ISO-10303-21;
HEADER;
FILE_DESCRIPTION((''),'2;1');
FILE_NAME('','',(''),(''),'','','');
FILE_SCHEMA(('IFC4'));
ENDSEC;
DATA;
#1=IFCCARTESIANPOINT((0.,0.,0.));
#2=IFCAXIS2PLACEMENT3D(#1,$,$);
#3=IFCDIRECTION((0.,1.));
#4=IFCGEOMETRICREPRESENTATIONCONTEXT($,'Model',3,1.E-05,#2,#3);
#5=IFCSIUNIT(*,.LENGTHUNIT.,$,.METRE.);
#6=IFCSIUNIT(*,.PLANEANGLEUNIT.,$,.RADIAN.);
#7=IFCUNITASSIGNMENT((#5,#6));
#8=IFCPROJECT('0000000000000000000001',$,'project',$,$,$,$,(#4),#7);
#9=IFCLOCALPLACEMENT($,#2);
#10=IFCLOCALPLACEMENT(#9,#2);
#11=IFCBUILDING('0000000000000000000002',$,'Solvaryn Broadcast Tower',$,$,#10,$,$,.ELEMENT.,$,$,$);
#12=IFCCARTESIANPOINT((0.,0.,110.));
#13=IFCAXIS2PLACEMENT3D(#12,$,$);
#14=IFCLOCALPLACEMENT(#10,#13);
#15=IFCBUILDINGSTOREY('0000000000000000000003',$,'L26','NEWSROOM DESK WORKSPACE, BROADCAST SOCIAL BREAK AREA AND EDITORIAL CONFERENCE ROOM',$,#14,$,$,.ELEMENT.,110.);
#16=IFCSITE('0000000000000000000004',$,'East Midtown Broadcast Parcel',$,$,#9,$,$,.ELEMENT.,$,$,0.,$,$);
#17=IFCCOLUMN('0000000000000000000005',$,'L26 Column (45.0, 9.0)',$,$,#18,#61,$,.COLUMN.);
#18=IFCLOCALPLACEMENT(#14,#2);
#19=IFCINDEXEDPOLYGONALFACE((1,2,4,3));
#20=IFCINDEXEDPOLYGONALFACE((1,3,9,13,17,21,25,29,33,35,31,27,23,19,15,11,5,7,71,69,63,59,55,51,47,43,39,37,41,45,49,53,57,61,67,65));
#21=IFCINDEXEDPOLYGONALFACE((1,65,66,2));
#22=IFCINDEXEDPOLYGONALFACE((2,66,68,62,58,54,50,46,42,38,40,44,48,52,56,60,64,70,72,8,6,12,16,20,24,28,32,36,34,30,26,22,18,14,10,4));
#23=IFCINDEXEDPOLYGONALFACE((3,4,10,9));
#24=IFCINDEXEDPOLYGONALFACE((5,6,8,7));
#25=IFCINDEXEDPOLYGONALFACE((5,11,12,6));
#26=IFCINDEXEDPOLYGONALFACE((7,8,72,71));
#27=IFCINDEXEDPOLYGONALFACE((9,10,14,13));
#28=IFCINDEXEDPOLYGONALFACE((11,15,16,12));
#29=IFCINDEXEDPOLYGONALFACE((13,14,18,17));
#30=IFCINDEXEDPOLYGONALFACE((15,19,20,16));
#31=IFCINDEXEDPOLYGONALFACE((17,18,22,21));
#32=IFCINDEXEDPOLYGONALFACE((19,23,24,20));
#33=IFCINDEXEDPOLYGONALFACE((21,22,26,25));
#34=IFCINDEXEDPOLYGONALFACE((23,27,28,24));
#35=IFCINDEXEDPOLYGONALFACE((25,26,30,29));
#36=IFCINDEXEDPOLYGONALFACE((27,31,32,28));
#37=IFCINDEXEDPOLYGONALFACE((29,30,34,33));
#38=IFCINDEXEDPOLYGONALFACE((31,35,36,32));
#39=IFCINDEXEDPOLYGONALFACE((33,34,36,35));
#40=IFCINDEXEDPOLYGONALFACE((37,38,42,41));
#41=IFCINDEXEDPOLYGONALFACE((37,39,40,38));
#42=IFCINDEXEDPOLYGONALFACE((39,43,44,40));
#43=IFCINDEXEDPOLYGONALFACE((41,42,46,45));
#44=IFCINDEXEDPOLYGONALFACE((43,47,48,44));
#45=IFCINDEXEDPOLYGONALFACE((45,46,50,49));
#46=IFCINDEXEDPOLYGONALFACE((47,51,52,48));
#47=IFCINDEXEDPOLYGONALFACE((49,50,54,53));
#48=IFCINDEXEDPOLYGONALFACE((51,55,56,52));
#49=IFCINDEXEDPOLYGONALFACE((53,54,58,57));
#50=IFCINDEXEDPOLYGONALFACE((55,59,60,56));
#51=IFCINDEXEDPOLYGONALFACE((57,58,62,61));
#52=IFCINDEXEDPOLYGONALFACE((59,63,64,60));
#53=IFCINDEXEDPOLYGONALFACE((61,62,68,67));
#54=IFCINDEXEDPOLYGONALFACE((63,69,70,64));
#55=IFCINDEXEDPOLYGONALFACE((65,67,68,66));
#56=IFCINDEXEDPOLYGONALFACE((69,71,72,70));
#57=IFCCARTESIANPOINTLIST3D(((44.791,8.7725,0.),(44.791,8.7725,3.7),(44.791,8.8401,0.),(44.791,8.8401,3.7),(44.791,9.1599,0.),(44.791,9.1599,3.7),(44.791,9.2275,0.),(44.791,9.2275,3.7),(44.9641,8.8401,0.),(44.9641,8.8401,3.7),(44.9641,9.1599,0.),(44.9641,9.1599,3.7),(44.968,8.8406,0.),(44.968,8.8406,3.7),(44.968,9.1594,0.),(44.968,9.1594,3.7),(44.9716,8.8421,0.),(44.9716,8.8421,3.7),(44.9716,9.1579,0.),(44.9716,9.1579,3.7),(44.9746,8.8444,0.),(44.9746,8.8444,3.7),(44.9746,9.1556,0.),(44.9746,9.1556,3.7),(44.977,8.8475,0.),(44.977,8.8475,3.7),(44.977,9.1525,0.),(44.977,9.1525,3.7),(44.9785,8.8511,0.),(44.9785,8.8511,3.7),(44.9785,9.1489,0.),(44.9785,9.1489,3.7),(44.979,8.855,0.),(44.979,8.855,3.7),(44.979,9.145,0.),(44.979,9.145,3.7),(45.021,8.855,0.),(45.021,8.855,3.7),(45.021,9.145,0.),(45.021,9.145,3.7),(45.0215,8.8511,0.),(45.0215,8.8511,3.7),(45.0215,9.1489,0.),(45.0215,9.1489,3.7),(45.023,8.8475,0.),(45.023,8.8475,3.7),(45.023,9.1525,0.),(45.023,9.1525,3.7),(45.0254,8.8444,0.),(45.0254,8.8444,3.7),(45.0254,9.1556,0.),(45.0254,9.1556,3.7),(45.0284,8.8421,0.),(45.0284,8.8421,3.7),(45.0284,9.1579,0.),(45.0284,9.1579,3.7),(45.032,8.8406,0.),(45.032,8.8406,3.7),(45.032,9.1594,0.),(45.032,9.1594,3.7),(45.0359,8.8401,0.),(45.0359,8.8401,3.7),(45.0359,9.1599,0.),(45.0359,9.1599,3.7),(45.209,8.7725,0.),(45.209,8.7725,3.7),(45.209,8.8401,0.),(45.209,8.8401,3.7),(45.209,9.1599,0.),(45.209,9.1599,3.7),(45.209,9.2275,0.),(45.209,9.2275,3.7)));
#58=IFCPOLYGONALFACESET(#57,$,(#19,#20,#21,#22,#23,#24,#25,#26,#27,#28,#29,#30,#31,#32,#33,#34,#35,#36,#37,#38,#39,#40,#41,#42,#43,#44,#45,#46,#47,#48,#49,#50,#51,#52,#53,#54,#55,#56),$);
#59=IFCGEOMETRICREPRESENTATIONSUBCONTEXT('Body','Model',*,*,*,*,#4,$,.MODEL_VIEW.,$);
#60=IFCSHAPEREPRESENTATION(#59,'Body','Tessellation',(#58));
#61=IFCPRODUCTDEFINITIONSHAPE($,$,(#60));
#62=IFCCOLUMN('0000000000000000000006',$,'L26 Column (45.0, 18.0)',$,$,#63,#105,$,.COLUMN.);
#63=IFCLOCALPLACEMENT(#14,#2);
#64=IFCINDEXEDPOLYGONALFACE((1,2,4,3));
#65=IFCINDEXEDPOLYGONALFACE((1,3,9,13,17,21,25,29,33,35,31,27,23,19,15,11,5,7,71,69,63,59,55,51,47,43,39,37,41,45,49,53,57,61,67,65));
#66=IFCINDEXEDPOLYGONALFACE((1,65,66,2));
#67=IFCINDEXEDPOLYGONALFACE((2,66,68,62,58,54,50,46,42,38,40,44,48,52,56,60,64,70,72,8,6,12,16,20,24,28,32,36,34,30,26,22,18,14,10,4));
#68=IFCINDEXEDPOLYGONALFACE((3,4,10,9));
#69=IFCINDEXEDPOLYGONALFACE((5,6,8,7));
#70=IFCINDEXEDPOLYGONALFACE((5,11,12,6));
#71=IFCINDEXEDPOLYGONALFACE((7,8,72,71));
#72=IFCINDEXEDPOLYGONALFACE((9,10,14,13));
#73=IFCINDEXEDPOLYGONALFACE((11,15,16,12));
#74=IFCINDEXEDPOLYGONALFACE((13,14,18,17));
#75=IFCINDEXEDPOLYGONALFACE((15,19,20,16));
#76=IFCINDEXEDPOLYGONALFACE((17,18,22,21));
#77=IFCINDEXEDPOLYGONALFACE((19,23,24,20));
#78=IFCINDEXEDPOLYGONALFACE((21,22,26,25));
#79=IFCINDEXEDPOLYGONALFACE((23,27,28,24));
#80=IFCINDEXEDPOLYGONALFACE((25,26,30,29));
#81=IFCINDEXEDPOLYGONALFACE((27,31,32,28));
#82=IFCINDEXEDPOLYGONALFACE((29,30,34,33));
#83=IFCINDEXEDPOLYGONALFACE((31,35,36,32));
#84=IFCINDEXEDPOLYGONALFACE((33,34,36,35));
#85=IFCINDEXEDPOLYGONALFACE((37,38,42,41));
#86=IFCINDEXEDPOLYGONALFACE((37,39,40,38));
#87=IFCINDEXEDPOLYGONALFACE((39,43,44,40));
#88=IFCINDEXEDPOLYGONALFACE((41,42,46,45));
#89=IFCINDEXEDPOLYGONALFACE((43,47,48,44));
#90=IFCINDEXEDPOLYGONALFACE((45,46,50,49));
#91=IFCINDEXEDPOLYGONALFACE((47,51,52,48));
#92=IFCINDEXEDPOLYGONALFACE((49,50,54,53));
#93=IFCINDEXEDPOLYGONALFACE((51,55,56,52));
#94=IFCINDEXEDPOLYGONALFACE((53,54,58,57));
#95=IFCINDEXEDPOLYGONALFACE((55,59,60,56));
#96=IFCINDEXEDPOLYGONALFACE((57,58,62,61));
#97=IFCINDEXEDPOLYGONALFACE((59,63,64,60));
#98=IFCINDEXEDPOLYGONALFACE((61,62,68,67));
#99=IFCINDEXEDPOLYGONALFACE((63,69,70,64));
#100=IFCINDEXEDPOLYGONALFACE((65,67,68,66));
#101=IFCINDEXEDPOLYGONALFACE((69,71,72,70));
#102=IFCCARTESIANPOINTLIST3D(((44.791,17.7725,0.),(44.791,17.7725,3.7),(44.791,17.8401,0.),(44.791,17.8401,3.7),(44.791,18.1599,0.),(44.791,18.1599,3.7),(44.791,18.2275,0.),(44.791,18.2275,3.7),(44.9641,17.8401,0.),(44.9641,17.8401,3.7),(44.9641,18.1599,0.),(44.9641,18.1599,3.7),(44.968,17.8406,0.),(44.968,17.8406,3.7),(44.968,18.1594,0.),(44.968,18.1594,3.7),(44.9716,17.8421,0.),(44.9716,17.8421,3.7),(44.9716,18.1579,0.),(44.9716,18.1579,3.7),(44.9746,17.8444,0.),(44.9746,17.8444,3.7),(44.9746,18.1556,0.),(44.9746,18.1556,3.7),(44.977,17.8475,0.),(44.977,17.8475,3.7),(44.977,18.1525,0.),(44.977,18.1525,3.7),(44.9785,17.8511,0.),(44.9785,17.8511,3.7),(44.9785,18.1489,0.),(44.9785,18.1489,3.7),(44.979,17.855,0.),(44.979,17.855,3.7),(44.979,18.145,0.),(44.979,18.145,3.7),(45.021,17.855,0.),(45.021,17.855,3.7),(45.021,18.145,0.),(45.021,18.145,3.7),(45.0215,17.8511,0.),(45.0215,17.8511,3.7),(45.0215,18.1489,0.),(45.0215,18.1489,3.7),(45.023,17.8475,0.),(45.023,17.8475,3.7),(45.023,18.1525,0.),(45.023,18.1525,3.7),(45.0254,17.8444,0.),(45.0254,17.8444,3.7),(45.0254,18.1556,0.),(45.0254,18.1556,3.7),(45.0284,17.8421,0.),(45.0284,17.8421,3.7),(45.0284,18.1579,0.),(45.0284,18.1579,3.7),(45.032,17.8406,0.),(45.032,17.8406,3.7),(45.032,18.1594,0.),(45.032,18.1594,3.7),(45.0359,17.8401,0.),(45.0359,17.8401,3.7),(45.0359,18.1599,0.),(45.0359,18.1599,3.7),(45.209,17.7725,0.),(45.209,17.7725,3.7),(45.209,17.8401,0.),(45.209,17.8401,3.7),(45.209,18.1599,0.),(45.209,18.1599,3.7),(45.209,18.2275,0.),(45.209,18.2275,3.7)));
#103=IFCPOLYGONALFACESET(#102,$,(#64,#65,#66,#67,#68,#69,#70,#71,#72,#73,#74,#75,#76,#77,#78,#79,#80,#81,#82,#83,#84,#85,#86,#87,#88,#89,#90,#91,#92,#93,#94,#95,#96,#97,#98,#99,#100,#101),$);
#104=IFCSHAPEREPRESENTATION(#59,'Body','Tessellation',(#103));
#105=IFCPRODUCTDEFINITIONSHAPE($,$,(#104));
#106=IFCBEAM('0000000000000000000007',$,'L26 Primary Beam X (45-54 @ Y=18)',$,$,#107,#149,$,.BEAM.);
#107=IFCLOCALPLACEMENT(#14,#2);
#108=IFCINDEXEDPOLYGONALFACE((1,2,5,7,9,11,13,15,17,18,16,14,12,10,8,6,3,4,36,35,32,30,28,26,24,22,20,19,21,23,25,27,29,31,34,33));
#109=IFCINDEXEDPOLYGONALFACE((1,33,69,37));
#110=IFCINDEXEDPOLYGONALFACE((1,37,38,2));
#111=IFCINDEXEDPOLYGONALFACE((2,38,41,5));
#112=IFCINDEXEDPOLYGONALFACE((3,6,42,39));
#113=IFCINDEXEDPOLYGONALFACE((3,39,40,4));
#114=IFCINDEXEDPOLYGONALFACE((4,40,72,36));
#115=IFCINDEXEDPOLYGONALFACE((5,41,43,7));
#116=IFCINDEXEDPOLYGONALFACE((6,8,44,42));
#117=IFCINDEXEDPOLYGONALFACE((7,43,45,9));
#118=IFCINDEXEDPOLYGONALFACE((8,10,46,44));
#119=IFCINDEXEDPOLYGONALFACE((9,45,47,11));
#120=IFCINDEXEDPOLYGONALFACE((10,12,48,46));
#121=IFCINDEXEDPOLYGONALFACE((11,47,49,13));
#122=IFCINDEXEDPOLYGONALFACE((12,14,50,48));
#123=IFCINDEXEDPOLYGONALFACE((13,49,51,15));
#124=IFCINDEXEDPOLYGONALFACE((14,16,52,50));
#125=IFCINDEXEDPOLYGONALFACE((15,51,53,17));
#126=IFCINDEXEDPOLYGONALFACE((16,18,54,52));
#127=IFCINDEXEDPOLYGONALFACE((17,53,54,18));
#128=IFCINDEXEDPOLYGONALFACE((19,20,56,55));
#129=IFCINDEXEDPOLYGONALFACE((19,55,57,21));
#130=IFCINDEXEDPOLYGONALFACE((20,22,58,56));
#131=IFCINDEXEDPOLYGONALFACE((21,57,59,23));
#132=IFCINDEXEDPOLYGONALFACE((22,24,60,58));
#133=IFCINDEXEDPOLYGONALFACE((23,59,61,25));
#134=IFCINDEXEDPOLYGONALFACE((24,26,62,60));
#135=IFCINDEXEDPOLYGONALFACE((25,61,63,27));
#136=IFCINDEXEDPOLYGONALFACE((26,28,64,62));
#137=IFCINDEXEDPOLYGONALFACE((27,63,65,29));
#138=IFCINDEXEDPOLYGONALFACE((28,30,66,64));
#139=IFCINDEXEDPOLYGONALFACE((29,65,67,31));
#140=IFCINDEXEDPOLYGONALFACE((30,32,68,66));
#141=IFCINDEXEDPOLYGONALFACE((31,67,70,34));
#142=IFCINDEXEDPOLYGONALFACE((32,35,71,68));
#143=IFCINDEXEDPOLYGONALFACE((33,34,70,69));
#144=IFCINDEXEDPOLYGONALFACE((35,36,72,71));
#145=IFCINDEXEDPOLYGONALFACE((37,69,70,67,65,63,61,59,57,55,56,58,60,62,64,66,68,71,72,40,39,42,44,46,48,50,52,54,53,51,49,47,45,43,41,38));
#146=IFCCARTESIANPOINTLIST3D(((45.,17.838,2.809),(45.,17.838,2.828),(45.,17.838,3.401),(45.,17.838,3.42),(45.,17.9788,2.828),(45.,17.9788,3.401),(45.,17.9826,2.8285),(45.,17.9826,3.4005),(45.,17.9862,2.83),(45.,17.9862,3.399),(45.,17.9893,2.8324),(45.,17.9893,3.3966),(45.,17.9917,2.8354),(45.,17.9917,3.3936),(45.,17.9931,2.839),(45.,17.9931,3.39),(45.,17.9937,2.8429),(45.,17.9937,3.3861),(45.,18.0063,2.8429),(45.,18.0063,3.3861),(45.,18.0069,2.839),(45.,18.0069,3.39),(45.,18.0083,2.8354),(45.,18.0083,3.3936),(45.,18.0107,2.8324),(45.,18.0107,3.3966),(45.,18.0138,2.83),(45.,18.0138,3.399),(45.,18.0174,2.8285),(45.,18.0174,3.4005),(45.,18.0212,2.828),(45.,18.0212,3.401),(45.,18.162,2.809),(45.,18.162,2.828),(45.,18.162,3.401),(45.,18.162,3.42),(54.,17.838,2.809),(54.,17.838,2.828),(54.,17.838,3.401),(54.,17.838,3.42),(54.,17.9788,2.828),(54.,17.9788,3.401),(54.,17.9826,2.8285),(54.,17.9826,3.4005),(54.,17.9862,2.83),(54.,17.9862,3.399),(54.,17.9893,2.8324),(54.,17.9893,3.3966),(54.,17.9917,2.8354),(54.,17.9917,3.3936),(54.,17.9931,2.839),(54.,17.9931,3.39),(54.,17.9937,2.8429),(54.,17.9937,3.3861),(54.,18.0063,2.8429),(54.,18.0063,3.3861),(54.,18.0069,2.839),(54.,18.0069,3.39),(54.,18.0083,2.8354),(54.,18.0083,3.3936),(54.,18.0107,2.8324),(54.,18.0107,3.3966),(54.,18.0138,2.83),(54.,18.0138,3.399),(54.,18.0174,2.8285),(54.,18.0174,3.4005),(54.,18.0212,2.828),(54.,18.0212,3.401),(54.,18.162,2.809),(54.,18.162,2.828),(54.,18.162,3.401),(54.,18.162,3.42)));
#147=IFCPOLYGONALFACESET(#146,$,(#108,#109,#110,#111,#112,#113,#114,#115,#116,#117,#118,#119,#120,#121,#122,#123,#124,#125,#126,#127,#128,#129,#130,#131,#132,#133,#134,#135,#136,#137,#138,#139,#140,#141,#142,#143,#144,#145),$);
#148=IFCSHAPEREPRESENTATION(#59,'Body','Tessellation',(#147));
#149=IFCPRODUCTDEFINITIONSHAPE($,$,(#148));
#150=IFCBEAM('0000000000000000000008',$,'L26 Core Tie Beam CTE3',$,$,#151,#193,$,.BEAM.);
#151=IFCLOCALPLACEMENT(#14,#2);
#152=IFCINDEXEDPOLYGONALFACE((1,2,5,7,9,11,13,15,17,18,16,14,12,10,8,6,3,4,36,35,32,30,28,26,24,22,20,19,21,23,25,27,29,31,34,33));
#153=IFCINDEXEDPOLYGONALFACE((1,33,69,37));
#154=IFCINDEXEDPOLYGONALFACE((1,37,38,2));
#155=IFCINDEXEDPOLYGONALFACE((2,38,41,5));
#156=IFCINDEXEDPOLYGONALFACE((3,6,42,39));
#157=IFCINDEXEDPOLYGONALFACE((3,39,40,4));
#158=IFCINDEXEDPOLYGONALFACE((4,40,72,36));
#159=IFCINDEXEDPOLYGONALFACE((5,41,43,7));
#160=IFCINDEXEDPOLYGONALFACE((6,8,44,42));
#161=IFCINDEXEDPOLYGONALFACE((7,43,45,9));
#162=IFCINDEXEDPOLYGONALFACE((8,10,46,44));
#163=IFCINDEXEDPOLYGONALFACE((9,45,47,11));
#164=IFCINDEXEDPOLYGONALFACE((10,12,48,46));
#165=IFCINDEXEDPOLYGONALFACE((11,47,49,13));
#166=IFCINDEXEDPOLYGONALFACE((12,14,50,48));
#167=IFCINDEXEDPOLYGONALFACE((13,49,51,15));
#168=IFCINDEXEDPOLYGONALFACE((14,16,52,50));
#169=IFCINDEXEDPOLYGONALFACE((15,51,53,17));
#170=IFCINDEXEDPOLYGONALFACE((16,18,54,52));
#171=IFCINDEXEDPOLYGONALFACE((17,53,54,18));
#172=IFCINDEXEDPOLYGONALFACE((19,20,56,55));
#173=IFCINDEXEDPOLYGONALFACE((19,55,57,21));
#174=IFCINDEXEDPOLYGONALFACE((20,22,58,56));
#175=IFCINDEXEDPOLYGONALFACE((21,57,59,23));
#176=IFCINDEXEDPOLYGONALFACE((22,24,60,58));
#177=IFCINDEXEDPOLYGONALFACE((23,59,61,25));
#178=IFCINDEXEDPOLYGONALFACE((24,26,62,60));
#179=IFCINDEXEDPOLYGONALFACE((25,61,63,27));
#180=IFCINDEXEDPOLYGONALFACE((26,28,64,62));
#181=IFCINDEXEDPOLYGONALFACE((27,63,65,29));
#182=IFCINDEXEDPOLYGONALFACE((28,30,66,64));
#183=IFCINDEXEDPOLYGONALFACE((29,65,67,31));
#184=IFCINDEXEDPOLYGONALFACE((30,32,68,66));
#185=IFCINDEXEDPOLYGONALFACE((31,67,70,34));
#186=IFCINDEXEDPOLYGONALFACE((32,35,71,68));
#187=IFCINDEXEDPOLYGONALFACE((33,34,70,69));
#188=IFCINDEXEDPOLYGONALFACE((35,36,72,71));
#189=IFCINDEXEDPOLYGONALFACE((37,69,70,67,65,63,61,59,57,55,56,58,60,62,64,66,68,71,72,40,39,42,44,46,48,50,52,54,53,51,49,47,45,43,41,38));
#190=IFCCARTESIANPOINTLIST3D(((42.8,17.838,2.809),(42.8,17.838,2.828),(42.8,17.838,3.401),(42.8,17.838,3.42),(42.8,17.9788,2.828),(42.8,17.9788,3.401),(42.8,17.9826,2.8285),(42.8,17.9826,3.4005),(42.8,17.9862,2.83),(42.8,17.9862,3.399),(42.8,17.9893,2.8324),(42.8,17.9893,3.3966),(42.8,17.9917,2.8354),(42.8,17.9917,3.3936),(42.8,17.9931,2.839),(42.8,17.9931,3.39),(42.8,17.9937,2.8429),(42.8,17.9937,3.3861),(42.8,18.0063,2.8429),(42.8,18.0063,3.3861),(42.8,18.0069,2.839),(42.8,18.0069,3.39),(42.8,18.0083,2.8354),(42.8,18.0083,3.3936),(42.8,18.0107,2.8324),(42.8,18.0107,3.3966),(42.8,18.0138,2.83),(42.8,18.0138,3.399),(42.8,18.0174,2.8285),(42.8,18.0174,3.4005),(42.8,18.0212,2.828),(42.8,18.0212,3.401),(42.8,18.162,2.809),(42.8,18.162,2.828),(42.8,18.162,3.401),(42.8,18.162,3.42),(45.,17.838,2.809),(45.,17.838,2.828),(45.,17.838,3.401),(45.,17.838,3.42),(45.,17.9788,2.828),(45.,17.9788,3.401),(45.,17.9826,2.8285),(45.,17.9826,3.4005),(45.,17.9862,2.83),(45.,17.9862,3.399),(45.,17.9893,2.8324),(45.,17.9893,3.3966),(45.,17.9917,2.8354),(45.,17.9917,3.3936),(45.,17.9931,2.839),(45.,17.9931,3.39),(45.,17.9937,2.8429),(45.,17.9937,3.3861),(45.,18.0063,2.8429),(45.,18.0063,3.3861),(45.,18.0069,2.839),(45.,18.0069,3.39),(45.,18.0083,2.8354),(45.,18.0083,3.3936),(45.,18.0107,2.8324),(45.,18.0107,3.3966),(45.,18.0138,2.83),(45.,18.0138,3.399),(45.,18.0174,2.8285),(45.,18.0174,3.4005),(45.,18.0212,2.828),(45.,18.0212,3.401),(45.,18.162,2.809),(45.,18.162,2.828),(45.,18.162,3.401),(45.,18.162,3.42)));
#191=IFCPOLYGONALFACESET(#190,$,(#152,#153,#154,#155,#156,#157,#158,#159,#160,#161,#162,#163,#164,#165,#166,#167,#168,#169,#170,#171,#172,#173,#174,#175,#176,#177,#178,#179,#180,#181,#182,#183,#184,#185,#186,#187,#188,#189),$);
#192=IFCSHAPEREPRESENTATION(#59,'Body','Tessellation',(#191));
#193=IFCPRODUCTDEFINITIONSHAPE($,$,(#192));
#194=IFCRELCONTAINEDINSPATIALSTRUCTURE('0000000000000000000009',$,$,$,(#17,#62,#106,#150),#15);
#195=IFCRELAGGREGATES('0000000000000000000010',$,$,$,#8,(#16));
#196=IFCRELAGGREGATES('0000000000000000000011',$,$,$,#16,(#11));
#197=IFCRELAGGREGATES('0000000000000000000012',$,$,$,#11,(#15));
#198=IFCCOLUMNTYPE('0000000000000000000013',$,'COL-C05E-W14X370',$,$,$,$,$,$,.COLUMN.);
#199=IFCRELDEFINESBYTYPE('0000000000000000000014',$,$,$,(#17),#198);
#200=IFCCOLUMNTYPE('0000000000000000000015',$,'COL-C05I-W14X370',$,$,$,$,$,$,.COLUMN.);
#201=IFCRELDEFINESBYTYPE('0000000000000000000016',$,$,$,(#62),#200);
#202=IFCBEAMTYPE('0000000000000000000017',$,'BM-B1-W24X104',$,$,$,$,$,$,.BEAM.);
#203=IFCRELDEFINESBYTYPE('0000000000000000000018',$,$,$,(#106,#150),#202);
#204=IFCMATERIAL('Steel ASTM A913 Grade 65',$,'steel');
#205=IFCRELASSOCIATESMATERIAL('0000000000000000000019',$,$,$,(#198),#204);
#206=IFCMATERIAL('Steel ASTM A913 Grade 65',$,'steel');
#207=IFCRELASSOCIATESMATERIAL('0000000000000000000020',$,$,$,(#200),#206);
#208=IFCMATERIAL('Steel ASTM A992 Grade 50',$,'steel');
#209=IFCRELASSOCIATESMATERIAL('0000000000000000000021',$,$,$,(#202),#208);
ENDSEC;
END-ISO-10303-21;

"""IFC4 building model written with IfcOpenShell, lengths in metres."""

from ifc_helpers import new_model, si_unit, direction, frame, origin, origin_2d, place, context, subcontext, project, spatial, i_section, extrude, material, material_profile, profile_set, type_object, element, save


model = new_model("IFC4")

# Units and contexts
model_context = context("Model", 3, precision=1e-05, world=origin(), true_north=direction((0.0, 1.0)))
body_context = subcontext(model_context, "Body", "Model", "MODEL_VIEW")
ifc_project = project(units=[si_unit("LENGTHUNIT", "METRE"), si_unit("PLANEANGLEUNIT", "RADIAN")], contexts=[model_context])

# Site, building, storey
site_placement = place(None, origin())
site = spatial("IfcSite", under=ifc_project, at=site_placement, Name="East Midtown Broadcast Parcel", CompositionType="ELEMENT", RefElevation=0.0)
building_placement = place(site_placement, origin())
building = spatial("IfcBuilding", under=site, at=building_placement, Name="Solvaryn Broadcast Tower", CompositionType="ELEMENT")
storey_placement = place(building_placement, frame((0.0, 0.0, 110.0)))
storey = spatial("IfcBuildingStorey", under=building, at=storey_placement, Name="L26", Description="NEWSROOM DESK WORKSPACE, BROADCAST SOCIAL BREAK AREA AND EDITORIAL CONFERENCE ROOM", CompositionType="ELEMENT", Elevation=110.0)

# Columns
ifc_material_1 = material(Name="Steel ASTM A913 Grade 65", Category="steel")
ifc_material_profile_1 = material_profile(ifc_material_1, i_section(OverallWidth=0.418, OverallDepth=0.4551, WebThickness=0.042, FlangeThickness=0.0676, FilletRadius=0.0149, at=origin_2d()))
ifc_profile_set_1 = profile_set([ifc_material_profile_1], Name="Steel ASTM A913 Grade 65")
column_type_1 = type_object("IfcColumnType", Name="COL-C05E-W14X370", PredefinedType="COLUMN", material=ifc_profile_set_1)
column_1_placement = place(storey_placement, frame((45.0, 9.0, 0.0), z_axis=(0.0, 0.0, 1.0), x_axis=(1.0, 0.0, 0.0)))
element("IfcColumn", 1, at=column_1_placement, inside=storey, type_object=column_type_1, Name="L26 Column (45.0, 9.0)", PredefinedType="COLUMN", context=body_context, shape_type="SweptSolid", body=[
    extrude(i_section(OverallWidth=0.418, OverallDepth=0.4551, WebThickness=0.042, FlangeThickness=0.0676, FilletRadius=0.0149, at=origin_2d()), origin(), (0.0, 0.0, 1.0), 3.7),
])
ifc_material_2 = material(Name="Steel ASTM A913 Grade 65", Category="steel")
ifc_material_profile_2 = material_profile(ifc_material_2, i_section(OverallWidth=0.418, OverallDepth=0.4551, WebThickness=0.042, FlangeThickness=0.0676, FilletRadius=0.0149, at=origin_2d()))
ifc_profile_set_2 = profile_set([ifc_material_profile_2], Name="Steel ASTM A913 Grade 65")
column_type_2 = type_object("IfcColumnType", Name="COL-C05I-W14X370", PredefinedType="COLUMN", material=ifc_profile_set_2)
column_2_placement = place(storey_placement, frame((45.0, 18.0, 0.0), z_axis=(0.0, 0.0, 1.0), x_axis=(1.0, 0.0, 0.0)))
element("IfcColumn", 2, at=column_2_placement, inside=storey, type_object=column_type_2, Name="L26 Column (45.0, 18.0)", PredefinedType="COLUMN", context=body_context, shape_type="SweptSolid", body=[
    extrude(i_section(OverallWidth=0.418, OverallDepth=0.4551, WebThickness=0.042, FlangeThickness=0.0676, FilletRadius=0.0149, at=origin_2d()), origin(), (0.0, 0.0, 1.0), 3.7),
])

# Beams
ifc_material_3 = material(Name="Steel ASTM A992 Grade 50", Category="steel")
ifc_material_profile_3 = material_profile(ifc_material_3, i_section(OverallWidth=0.324, OverallDepth=0.6111, WebThickness=0.0127, FlangeThickness=0.019, FilletRadius=0.0149, at=origin_2d()))
ifc_profile_set_3 = profile_set([ifc_material_profile_3], Name="Steel ASTM A992 Grade 50")
beam_type = type_object("IfcBeamType", Name="BM-B1-W24X104", PredefinedType="BEAM", material=ifc_profile_set_3)
beam_1_placement = place(storey_placement, frame((45.0, 18.0, 3.1145), z_axis=(1.0, 0.0, 0.0), x_axis=(0.0, 1.0, 0.0)))
element("IfcBeam", 3, at=beam_1_placement, inside=storey, type_object=beam_type, Name="L26 Primary Beam X (45-54 @ Y=18)", PredefinedType="BEAM", context=body_context, shape_type="SweptSolid", body=[
    extrude(i_section(OverallWidth=0.324, OverallDepth=0.6111, WebThickness=0.0127, FlangeThickness=0.019, FilletRadius=0.0149, at=origin_2d()), origin(), (0.0, 0.0, 1.0), 9.0),
])
beam_2_placement = place(storey_placement, frame((42.8, 18.0, 3.1145), z_axis=(1.0, 0.0, 0.0), x_axis=(0.0, 1.0, 0.0)))
element("IfcBeam", 4, at=beam_2_placement, inside=storey, type_object=beam_type, Name="L26 Core Tie Beam CTE3", PredefinedType="BEAM", context=body_context, shape_type="SweptSolid", body=[
    extrude(i_section(OverallWidth=0.324, OverallDepth=0.6111, WebThickness=0.0127, FlangeThickness=0.019, FilletRadius=0.0149, at=origin_2d()), origin(), (0.0, 0.0, 1.0), 2.2),
])

save(model, "model.ifc")
